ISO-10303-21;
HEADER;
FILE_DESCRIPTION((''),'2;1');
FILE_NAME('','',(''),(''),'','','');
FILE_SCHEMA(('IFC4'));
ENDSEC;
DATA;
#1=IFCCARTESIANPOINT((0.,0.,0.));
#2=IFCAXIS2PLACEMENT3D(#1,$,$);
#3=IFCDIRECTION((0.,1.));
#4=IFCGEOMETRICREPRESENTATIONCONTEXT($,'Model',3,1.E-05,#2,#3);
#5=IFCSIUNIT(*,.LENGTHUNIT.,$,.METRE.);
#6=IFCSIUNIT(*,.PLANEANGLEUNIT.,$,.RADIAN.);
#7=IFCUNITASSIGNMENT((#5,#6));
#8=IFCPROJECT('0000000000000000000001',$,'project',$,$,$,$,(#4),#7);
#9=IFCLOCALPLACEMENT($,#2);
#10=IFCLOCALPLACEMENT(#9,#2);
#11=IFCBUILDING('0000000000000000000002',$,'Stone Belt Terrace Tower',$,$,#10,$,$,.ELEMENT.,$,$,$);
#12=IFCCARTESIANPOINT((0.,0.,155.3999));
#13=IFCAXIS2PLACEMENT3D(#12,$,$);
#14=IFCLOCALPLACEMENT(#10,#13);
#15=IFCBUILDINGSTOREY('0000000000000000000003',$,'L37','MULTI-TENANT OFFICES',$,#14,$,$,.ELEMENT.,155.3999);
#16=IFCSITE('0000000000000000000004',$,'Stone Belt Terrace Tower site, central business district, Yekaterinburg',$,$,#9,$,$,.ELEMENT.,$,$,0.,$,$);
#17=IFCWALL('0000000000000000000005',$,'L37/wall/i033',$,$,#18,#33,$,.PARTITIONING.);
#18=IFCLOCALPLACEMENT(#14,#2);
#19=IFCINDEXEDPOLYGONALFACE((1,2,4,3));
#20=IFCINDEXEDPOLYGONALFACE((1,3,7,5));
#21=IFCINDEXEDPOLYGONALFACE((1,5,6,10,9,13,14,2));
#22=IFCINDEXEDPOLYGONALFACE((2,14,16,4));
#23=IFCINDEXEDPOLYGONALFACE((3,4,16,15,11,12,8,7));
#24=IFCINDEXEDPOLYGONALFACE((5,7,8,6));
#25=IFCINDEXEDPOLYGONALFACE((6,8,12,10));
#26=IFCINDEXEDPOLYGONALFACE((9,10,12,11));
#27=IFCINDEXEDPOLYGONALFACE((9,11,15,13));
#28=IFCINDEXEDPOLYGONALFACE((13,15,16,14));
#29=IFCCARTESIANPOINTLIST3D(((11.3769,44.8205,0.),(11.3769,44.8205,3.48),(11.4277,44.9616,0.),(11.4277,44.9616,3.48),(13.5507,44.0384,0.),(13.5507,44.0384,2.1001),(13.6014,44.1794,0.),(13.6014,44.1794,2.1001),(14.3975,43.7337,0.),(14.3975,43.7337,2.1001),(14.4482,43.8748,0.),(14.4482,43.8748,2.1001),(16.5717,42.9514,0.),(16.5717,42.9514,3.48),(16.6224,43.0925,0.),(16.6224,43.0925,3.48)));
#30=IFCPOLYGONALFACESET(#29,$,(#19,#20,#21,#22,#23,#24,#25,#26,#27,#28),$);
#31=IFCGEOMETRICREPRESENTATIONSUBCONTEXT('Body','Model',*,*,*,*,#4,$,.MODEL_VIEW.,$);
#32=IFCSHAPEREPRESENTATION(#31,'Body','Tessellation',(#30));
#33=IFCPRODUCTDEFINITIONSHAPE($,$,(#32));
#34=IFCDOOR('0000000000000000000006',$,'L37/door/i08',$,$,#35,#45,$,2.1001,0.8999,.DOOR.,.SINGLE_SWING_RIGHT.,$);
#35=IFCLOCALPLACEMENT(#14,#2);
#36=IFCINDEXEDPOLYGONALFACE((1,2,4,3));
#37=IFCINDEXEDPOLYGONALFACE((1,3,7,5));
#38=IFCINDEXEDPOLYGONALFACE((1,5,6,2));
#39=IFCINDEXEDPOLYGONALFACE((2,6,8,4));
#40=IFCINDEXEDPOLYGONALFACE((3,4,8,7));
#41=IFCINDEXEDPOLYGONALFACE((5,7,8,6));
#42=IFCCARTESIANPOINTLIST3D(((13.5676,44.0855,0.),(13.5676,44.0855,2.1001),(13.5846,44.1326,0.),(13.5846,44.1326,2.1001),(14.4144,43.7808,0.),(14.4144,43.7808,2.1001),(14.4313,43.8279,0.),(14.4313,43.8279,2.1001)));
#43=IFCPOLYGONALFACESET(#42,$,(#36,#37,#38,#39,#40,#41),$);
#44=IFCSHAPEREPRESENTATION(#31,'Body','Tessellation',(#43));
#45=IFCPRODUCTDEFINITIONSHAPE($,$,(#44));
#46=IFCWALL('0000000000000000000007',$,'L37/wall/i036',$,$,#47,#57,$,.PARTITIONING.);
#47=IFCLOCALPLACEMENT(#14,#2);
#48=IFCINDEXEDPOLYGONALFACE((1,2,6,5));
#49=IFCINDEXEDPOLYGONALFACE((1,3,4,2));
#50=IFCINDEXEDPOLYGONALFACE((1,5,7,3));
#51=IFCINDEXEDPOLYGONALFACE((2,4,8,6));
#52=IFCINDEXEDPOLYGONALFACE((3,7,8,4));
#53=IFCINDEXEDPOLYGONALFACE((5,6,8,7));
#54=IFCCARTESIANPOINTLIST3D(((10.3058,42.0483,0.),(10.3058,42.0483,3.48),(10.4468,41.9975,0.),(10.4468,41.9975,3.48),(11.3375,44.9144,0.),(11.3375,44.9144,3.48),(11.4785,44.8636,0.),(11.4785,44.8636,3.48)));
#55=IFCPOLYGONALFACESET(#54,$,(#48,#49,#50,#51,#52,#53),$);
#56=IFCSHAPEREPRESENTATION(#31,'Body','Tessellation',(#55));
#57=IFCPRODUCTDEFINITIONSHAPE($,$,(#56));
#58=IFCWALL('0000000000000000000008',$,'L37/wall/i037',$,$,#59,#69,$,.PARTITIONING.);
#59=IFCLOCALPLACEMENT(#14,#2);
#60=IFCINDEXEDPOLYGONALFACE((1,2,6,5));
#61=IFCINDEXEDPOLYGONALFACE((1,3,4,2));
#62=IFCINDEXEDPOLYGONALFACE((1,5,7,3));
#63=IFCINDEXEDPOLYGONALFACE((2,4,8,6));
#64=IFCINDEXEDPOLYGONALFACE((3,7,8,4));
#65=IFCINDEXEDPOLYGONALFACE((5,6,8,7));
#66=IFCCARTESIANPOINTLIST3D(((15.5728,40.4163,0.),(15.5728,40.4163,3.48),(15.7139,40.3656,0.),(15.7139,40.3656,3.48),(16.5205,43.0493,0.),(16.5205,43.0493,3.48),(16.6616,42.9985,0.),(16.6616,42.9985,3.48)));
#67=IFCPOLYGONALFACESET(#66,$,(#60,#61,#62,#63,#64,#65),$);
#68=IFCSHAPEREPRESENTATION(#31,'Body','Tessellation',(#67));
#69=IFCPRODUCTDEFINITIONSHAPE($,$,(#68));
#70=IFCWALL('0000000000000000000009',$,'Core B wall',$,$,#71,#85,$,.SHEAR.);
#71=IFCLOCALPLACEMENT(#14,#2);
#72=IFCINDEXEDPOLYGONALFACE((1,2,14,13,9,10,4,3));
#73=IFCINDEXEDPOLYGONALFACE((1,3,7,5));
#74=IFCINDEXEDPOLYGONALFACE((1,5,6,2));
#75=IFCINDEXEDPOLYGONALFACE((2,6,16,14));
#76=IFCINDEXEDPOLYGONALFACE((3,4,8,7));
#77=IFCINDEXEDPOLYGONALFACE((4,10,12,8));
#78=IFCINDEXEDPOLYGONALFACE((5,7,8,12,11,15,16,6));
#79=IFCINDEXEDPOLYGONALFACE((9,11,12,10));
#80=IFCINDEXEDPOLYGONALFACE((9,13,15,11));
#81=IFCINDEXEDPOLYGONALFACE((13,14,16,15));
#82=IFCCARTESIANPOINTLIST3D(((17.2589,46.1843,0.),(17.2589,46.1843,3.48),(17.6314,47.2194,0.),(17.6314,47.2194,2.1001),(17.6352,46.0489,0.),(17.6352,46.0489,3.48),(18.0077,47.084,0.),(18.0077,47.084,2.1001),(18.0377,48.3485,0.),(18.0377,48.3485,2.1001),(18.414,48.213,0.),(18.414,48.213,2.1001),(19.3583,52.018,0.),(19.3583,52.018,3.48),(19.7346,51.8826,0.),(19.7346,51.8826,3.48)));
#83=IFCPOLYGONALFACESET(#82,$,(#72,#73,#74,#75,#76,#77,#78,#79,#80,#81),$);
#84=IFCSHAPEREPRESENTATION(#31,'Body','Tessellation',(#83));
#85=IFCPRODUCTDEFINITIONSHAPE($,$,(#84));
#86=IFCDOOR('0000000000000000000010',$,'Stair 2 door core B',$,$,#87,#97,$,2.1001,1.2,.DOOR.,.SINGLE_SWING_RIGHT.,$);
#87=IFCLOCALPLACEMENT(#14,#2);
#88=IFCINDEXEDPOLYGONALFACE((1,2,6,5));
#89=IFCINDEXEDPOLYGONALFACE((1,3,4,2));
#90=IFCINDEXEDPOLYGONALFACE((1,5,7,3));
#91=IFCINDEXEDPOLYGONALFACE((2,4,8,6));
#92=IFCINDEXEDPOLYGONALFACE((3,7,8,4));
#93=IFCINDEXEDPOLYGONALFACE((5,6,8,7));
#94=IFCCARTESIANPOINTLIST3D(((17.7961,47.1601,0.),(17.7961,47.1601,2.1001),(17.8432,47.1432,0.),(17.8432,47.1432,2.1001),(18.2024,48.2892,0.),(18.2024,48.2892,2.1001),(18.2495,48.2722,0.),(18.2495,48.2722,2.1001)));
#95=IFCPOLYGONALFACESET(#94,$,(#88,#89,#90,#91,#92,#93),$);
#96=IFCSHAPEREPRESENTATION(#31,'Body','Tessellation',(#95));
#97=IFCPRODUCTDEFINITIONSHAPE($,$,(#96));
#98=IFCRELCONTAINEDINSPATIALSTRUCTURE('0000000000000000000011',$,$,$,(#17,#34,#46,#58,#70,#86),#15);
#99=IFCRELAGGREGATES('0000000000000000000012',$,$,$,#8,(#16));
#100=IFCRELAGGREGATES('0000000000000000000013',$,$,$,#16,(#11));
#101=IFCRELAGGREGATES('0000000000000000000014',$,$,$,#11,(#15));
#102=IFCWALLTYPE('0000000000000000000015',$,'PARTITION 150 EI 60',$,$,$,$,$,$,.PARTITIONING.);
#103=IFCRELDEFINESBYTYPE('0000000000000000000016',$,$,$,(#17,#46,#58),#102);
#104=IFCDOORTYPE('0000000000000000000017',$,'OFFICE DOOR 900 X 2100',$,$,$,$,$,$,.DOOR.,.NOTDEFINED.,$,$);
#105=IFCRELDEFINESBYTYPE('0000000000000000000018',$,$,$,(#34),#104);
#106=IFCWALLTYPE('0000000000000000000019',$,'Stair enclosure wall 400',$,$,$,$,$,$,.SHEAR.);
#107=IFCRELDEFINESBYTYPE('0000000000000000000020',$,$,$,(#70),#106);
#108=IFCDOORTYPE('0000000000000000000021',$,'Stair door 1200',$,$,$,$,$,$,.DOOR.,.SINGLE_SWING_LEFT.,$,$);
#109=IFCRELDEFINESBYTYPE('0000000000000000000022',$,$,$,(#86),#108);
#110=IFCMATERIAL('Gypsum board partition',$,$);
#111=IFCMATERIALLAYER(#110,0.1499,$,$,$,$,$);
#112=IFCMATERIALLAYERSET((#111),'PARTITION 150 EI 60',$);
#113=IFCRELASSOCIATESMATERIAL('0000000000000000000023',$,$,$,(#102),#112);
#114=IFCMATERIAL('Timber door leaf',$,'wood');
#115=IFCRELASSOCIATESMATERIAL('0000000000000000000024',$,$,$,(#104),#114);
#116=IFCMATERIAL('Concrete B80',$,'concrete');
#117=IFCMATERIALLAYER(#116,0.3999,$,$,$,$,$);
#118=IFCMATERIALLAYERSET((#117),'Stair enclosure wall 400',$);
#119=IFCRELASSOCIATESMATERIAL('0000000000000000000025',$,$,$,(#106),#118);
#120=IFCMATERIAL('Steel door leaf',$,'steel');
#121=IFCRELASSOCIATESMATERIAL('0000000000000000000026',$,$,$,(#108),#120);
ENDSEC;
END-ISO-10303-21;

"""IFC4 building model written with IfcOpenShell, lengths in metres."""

from ifc_helpers import new_model, si_unit, direction, frame, frame_2d, origin, place, context, subcontext, project, spatial, rectangle, extrude, material, layer, layer_set, type_object, element, fill, save


model = new_model("IFC4")

# Units and contexts
model_context = context("Model", 3, precision=1e-05, world=origin(), true_north=direction((0.0, 1.0)))
body_context = subcontext(model_context, "Body", "Model", "MODEL_VIEW")
ifc_project = project(units=[si_unit("LENGTHUNIT", "METRE"), si_unit("PLANEANGLEUNIT", "RADIAN")], contexts=[model_context])

# Site, building, storey
site_placement = place(None, origin())
site = spatial("IfcSite", under=ifc_project, at=site_placement, Name="Stone Belt Terrace Tower site, central business district, Yekaterinburg", CompositionType="ELEMENT", RefElevation=0.0)
building_placement = place(site_placement, origin())
building = spatial("IfcBuilding", under=site, at=building_placement, Name="Stone Belt Terrace Tower", CompositionType="ELEMENT")
storey_placement = place(building_placement, frame((0.0, 0.0, 155.3999)))
storey = spatial("IfcBuildingStorey", under=building, at=storey_placement, Name="L37", Description="MULTI-TENANT OFFICES", CompositionType="ELEMENT", Elevation=155.3999)

# Shared definitions
ifc_material_1 = material(Name="Concrete B80", Category="concrete")

# Shared definitions
ifc_material_2 = material(Name="Gypsum board partition")
ifc_layer_1 = layer(ifc_material_2, 0.1499)
ifc_layer_set_1 = layer_set([ifc_layer_1], Name="PARTITION 150 EI 60")
wall_type_1 = type_object("IfcWallType", Name="PARTITION 150 EI 60", PredefinedType="PARTITIONING", material=ifc_layer_set_1)

# Wall, opening, door
ifc_material_3 = material(Name="Timber door leaf", Category="wood")
door_type_1 = type_object("IfcDoorType", Name="OFFICE DOOR 900 X 2100", OperationType="NOTDEFINED", PredefinedType="DOOR", material=ifc_material_3)
wall_1_placement = place(storey_placement, frame((16.5969, 43.022, 0.0), z_axis=(0.0, 0.0, 1.0), x_axis=(-0.940945, 0.33856, 0.0)))
wall_1 = element("IfcWall", 1, at=wall_1_placement, inside=storey, type_object=wall_type_1, Name="L37/wall/i033", PredefinedType="PARTITIONING", context=body_context, shape_type="SweptSolid", body=[
    extrude(rectangle(XDim=5.5208, YDim=0.1499, at=frame_2d((2.7603, 0.0))), origin(), (0.0, 0.0, 1.0), 3.48),
])
opening_1_placement = place(wall_1_placement, frame((2.3105, 0.0, 0.0)))
opening_1 = element("IfcOpeningElement", 2, at=opening_1_placement, cuts=wall_1, PredefinedType="OPENING", context=body_context, shape_type="SweptSolid", body=[
    extrude(rectangle(XDim=0.8999, YDim=2.1001, at=frame_2d((0.45, 1.05))), frame((0.0, 0.085, 0.0), z_axis=(0.0, -1.0, 0.0), x_axis=(1.0, 0.0, 0.0)), (0.0, 0.0, 1.0), 0.1699),
])
door_1_placement = place(opening_1_placement, origin())
door_1 = element("IfcDoor", 3, at=door_1_placement, inside=storey, type_object=door_type_1, Name="L37/door/i08", OperationType="SINGLE_SWING_RIGHT", OverallHeight=2.1001, OverallWidth=0.8999, PredefinedType="DOOR", context=body_context, shape_type="SweptSolid", body=[
    extrude(rectangle(XDim=0.8999, YDim=2.1001, at=frame_2d((0.45, 1.05))), frame((0.0, 0.0249, 0.0), z_axis=(0.0, -1.0, 0.0), x_axis=(1.0, 0.0, 0.0)), (0.0, 0.0, 1.0), 0.05),
])
fill(opening_1, door_1)

# Walls
wall_2_placement = place(storey_placement, frame((11.408, 44.8889, 0.0), z_axis=(0.0, 0.0, 1.0), x_axis=(-0.338691, -0.940898, 0.0)))
element("IfcWall", 4, at=wall_2_placement, inside=storey, type_object=wall_type_1, Name="L37/wall/i036", PredefinedType="PARTITIONING", context=body_context, shape_type="SweptSolid", body=[
    extrude(rectangle(XDim=3.0461, YDim=0.1499, at=frame_2d((1.5229, 0.0))), origin(), (0.0, 0.0, 1.0), 3.48),
])
wall_3_placement = place(storey_placement, frame((16.5911, 43.0239, 0.0), z_axis=(0.0, 0.0, 1.0), x_axis=(-0.338673, -0.940904, 0.0)))
element("IfcWall", 5, at=wall_3_placement, inside=storey, type_object=wall_type_1, Name="L37/wall/i037", PredefinedType="PARTITIONING", context=body_context, shape_type="SweptSolid", body=[
    extrude(rectangle(XDim=2.7983, YDim=0.1499, at=frame_2d((1.3992, 0.0))), origin(), (0.0, 0.0, 1.0), 3.48),
])

# Wall, opening, door
ifc_layer_2 = layer(ifc_material_1, 0.3999)
ifc_layer_set_2 = layer_set([ifc_layer_2], Name="Stair enclosure wall 400")
wall_type_2 = type_object("IfcWallType", Name="Stair enclosure wall 400", PredefinedType="SHEAR", material=ifc_layer_set_2)
wall_4_placement = place(storey_placement, frame((17.447, 46.1165, 0.0), z_axis=(0.0, 0.0, 1.0), x_axis=(0.338608, 0.940928, 0.0)))
wall_4 = element("IfcWall", 6, at=wall_4_placement, inside=storey, type_object=wall_type_2, Name="Core B wall", PredefinedType="SHEAR", context=body_context, shape_type="SweptSolid", body=[
    extrude(rectangle(XDim=6.2, YDim=0.3999, at=frame_2d((3.1001, 0.0))), origin(), (0.0, 0.0, 1.0), 3.48),
])
opening_2_placement = place(wall_4_placement, frame((1.1001, 0.0, 0.0)))
opening_2 = element("IfcOpeningElement", 7, at=opening_2_placement, cuts=wall_4, PredefinedType="OPENING", context=body_context, shape_type="SweptSolid", body=[
    extrude(rectangle(XDim=1.2, YDim=2.1001, at=frame_2d((0.6001, 1.05))), frame((0.0, 0.21, 0.0), z_axis=(0.0, -1.0, 0.0), x_axis=(1.0, 0.0, 0.0)), (0.0, 0.0, 1.0), 0.4199),
])
ifc_material_4 = material(Name="Steel door leaf", Category="steel")
door_type_2 = type_object("IfcDoorType", Name="Stair door 1200", OperationType="SINGLE_SWING_LEFT", PredefinedType="DOOR", material=ifc_material_4)
door_2_placement = place(opening_2_placement, origin())
door_2 = element("IfcDoor", 8, at=door_2_placement, inside=storey, type_object=door_type_2, Name="Stair 2 door core B", OperationType="SINGLE_SWING_RIGHT", OverallHeight=2.1001, OverallWidth=1.2, PredefinedType="DOOR", context=body_context, shape_type="SweptSolid", body=[
    extrude(rectangle(XDim=1.2, YDim=2.1001, at=frame_2d((0.6001, 1.05))), frame((0.0, 0.0249, 0.0), z_axis=(0.0, -1.0, 0.0), x_axis=(1.0, 0.0, 0.0)), (0.0, 0.0, 1.0), 0.05),
])
fill(opening_2, door_2)

save(model, "model.ifc")
